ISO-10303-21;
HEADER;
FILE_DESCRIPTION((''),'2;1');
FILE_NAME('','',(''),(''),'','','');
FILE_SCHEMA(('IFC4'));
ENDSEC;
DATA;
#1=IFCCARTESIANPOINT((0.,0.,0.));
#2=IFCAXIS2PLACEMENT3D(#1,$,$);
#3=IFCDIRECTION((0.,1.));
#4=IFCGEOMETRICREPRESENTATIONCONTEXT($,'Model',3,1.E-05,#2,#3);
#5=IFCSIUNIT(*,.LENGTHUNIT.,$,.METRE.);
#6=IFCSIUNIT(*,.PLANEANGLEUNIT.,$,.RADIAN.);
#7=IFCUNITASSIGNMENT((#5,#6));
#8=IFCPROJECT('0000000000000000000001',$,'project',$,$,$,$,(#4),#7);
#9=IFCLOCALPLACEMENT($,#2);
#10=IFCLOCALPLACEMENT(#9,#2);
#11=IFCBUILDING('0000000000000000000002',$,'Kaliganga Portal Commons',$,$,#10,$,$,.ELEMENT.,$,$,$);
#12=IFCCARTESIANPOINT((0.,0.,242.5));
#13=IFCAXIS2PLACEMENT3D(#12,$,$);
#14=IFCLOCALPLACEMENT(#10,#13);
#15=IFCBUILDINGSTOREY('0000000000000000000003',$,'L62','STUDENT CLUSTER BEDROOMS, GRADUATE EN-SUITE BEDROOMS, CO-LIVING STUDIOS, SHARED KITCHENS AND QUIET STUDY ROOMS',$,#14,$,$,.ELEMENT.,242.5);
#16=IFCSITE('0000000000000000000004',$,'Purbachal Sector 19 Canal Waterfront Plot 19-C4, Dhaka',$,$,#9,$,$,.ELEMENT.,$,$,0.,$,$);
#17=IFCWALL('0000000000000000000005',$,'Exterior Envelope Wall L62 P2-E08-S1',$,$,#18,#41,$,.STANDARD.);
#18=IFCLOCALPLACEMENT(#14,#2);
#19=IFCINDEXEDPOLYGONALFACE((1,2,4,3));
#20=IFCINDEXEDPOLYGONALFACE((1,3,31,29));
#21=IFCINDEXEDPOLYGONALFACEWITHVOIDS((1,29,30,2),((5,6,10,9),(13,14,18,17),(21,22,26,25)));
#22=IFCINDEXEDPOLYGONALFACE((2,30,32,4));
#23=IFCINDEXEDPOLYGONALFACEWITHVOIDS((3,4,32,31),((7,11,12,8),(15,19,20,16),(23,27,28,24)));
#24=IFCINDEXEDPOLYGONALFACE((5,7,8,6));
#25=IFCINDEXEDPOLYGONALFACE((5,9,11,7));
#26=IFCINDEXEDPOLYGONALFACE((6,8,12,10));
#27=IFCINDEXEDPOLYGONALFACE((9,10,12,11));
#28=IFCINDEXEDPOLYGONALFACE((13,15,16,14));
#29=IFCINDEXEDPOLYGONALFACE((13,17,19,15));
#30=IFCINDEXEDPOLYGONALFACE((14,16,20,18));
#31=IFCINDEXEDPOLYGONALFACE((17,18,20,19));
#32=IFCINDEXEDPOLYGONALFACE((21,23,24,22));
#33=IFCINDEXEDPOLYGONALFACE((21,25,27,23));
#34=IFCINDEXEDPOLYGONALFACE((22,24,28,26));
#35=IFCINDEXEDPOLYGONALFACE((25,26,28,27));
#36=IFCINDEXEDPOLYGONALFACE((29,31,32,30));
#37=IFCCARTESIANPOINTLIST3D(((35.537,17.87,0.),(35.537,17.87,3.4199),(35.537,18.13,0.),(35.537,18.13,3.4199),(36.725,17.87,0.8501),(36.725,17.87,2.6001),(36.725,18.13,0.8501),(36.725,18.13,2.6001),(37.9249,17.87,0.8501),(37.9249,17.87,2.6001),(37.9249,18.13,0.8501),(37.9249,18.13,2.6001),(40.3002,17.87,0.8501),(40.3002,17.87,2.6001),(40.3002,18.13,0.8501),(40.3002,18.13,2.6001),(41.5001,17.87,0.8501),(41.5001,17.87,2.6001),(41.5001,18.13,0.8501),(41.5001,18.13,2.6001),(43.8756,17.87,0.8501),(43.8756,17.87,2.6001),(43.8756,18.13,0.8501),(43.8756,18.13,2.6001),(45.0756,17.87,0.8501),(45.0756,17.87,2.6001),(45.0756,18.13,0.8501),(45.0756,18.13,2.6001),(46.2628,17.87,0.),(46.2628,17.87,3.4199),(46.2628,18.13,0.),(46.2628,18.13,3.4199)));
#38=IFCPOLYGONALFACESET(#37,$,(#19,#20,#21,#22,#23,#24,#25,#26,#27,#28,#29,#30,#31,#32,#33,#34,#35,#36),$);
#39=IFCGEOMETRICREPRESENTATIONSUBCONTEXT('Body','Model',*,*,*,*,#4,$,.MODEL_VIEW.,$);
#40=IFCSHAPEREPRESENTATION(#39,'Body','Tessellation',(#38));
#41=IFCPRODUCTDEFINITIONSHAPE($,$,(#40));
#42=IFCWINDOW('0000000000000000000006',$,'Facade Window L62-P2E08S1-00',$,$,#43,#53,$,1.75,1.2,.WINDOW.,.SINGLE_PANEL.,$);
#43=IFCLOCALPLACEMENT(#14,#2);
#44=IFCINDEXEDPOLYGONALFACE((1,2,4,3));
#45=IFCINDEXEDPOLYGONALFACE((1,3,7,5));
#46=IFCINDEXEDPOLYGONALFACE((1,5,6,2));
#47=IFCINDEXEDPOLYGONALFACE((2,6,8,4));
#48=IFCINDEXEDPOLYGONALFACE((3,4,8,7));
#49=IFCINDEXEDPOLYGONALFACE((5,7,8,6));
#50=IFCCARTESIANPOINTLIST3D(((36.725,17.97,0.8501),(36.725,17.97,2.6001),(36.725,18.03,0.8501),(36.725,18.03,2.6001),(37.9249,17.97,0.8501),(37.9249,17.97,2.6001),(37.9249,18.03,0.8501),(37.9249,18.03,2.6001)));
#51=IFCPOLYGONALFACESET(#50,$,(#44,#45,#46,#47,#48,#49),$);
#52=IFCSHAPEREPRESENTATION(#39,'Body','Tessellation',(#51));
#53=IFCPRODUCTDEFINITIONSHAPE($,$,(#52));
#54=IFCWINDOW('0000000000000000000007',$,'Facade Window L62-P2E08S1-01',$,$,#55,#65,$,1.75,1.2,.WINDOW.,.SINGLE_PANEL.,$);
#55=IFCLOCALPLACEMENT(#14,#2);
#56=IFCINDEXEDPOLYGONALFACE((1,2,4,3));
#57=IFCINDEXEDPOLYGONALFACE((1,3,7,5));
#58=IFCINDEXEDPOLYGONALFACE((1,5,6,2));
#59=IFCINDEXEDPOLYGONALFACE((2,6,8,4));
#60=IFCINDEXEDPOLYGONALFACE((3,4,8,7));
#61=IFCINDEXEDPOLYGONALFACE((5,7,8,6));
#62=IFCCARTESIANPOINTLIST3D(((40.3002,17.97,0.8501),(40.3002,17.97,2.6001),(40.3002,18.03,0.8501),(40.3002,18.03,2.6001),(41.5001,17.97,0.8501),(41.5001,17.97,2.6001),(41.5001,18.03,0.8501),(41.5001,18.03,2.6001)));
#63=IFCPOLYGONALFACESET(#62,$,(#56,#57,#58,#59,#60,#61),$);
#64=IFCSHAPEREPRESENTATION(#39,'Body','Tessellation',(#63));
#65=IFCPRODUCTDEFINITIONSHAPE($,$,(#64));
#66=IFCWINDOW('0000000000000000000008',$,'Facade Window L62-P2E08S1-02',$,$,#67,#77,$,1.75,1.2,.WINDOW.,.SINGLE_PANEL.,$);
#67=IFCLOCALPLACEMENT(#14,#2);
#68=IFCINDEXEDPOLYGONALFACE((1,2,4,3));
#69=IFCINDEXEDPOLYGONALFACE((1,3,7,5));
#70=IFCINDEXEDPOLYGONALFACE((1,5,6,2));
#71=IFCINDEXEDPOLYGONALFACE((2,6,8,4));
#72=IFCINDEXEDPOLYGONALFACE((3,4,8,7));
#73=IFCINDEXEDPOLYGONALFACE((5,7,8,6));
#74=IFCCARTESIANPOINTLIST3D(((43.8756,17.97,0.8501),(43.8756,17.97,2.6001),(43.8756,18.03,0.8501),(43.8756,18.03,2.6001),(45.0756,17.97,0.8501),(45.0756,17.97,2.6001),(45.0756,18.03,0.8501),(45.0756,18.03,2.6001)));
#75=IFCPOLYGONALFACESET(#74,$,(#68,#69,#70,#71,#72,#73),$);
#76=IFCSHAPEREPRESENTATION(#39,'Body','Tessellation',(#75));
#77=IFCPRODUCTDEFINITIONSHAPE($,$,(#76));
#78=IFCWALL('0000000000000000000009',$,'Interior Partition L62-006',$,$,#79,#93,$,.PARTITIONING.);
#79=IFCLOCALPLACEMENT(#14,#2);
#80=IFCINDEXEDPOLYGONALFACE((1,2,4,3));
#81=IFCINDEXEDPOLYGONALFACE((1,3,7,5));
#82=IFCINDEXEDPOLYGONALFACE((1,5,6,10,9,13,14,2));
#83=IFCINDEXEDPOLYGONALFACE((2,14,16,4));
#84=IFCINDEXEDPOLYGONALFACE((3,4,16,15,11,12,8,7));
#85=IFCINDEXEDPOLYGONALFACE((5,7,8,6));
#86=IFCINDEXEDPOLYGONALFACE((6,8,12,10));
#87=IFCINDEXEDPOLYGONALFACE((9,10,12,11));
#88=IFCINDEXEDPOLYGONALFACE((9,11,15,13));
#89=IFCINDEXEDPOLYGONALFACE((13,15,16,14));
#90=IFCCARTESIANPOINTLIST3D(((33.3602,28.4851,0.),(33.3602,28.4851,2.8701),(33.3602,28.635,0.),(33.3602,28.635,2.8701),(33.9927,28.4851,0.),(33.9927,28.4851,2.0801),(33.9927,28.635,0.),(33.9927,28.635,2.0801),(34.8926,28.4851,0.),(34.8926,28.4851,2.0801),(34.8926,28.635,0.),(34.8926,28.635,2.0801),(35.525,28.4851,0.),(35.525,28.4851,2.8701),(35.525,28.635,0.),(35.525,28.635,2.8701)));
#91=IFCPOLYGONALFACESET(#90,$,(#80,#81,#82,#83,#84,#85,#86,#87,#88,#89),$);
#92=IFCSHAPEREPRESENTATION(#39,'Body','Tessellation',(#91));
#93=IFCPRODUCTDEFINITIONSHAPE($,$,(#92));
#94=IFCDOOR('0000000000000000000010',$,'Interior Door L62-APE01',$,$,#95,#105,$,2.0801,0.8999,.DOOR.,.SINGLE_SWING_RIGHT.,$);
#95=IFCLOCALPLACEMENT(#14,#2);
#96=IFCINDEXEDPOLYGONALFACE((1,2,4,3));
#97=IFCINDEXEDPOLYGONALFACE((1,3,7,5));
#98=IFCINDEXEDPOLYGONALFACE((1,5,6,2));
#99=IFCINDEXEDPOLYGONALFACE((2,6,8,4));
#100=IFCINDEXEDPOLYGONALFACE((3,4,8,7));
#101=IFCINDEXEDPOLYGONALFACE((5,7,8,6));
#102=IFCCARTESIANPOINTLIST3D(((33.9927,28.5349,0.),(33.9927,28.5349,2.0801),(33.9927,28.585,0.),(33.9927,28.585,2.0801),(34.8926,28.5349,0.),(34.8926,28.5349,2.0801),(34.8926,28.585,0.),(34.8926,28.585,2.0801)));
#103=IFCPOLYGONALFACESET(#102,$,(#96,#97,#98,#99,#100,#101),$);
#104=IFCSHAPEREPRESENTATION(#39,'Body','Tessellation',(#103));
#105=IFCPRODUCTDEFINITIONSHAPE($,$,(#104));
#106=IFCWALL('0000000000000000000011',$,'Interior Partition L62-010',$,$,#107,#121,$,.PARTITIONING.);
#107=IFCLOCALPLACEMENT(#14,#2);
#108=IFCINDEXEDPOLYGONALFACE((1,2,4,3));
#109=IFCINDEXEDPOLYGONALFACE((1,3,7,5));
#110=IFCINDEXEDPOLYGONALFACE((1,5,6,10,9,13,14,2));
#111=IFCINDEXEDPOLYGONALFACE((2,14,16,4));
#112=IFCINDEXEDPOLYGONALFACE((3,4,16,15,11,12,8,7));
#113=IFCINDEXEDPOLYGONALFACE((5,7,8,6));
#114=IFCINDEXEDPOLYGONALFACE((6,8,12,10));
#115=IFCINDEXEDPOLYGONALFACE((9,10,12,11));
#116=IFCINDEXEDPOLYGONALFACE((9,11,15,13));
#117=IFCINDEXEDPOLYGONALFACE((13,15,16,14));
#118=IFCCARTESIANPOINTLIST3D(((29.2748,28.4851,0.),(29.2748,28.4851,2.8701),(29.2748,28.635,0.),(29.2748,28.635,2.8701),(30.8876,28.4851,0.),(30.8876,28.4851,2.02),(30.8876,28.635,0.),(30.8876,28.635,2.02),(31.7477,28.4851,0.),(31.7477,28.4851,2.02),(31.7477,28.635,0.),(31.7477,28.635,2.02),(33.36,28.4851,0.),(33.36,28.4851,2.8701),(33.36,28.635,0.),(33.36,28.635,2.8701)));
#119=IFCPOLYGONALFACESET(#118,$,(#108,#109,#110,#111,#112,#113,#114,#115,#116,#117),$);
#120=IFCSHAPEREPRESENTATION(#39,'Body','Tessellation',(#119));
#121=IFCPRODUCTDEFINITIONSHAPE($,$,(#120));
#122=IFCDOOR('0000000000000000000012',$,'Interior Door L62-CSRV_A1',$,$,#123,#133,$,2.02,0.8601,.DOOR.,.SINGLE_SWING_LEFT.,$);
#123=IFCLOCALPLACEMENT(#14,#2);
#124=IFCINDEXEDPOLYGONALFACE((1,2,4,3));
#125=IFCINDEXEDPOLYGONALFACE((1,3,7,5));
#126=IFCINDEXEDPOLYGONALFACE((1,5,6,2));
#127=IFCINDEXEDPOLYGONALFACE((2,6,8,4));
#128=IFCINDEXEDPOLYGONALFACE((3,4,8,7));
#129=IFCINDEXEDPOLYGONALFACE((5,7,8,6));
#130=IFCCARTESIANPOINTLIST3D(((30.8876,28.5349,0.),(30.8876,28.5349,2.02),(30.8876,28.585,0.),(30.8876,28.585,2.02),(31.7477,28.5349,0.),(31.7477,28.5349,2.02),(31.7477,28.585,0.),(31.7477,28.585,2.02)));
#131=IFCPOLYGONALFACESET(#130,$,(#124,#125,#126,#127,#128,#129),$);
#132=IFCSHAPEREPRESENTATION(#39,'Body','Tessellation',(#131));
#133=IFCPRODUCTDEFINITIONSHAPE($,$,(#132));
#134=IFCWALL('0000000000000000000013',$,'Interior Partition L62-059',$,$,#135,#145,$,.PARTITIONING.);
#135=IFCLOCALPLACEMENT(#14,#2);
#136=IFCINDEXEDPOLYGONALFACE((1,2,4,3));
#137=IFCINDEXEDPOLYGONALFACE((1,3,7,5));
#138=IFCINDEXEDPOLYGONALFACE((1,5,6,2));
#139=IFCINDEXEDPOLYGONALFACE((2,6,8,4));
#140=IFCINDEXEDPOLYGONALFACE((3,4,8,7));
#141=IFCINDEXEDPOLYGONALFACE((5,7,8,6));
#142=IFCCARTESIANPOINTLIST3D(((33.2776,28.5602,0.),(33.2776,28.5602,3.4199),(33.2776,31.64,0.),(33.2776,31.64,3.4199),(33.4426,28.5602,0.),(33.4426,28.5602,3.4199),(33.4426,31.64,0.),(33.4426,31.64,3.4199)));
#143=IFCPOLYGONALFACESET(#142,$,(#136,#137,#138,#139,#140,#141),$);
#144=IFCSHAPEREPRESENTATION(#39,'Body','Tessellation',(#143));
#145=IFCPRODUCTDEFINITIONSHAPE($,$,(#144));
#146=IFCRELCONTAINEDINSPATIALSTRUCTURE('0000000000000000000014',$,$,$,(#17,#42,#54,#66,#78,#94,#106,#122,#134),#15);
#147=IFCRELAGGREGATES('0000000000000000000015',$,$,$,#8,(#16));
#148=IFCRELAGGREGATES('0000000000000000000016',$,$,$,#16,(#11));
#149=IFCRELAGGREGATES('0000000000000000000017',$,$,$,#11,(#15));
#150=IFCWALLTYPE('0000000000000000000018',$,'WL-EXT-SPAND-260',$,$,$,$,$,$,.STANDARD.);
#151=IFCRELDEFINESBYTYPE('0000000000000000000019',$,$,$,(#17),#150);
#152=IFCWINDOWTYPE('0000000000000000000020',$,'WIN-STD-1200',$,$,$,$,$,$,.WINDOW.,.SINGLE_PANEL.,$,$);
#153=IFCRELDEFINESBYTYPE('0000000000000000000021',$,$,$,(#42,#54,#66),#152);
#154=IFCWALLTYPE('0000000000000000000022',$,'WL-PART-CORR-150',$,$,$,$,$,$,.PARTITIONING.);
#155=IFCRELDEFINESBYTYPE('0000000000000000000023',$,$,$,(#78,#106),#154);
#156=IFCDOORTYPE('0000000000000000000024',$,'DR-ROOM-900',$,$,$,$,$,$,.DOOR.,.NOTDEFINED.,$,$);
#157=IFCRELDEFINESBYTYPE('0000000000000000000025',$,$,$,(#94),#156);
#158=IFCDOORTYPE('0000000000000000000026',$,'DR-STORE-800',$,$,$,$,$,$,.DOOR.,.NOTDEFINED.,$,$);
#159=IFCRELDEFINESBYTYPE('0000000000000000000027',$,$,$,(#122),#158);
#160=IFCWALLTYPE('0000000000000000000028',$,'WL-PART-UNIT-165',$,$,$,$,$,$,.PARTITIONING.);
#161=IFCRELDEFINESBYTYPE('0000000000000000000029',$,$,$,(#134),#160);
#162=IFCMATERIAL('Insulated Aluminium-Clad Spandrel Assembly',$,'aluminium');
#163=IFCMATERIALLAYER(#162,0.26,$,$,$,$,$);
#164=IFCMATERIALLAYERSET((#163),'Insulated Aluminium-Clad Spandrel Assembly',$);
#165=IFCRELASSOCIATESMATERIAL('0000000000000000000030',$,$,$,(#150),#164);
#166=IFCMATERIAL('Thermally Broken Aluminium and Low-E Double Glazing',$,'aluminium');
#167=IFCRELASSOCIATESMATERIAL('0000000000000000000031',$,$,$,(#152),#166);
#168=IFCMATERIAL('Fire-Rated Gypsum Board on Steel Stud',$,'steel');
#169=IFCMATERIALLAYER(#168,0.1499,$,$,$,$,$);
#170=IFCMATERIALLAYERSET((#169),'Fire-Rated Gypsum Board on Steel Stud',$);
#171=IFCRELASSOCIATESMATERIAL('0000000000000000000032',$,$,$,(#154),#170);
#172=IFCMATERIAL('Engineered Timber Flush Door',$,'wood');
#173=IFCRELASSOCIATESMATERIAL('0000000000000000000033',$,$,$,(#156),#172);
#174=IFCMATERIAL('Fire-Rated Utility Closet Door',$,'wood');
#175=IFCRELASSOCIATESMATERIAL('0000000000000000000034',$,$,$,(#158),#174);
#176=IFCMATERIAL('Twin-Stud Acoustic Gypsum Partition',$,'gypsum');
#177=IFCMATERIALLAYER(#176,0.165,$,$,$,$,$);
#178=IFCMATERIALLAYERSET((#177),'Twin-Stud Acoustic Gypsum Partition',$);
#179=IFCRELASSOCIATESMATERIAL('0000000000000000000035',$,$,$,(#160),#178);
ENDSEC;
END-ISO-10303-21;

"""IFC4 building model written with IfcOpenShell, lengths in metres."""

from ifc_helpers import new_model, si_unit, direction, frame, frame_2d, origin, place, context, subcontext, project, spatial, rectangle, extrude, material, layer, layer_set, type_object, element, fill, save


model = new_model("IFC4")

# Units and contexts
model_context = context("Model", 3, precision=1e-05, world=origin(), true_north=direction((0.0, 1.0)))
body_context = subcontext(model_context, "Body", "Model", "MODEL_VIEW")
ifc_project = project(units=[si_unit("LENGTHUNIT", "METRE"), si_unit("PLANEANGLEUNIT", "RADIAN")], contexts=[model_context])

# Site, building, storey
site_placement = place(None, origin())
site = spatial("IfcSite", under=ifc_project, at=site_placement, Name="Purbachal Sector 19 Canal Waterfront Plot 19-C4, Dhaka", CompositionType="ELEMENT", RefElevation=0.0)
building_placement = place(site_placement, origin())
building = spatial("IfcBuilding", under=site, at=building_placement, Name="Kaliganga Portal Commons", CompositionType="ELEMENT")
storey_placement = place(building_placement, frame((0.0, 0.0, 242.5)))
storey = spatial("IfcBuildingStorey", under=building, at=storey_placement, Name="L62", Description="STUDENT CLUSTER BEDROOMS, GRADUATE EN-SUITE BEDROOMS, CO-LIVING STUDIOS, SHARED KITCHENS AND QUIET STUDY ROOMS", CompositionType="ELEMENT", Elevation=242.5)

# Shared definitions
ifc_material_1 = material(Name="Insulated Aluminium-Clad Spandrel Assembly", Category="aluminium")
ifc_layer_1 = layer(ifc_material_1, 0.26)
ifc_layer_set_1 = layer_set([ifc_layer_1], Name="Insulated Aluminium-Clad Spandrel Assembly")
wall_type_1 = type_object("IfcWallType", Name="WL-EXT-SPAND-260", PredefinedType="STANDARD", material=ifc_layer_set_1)
ifc_material_2 = material(Name="Thermally Broken Aluminium and Low-E Double Glazing", Category="aluminium")
window_type = type_object("IfcWindowType", Name="WIN-STD-1200", PartitioningType="SINGLE_PANEL", PredefinedType="WINDOW", material=ifc_material_2)

# Wall, openings, windows
wall_1_placement = place(storey_placement, frame((35.5371, 18.0, 0.0), z_axis=(0.0, 0.0, 1.0), x_axis=(1.0, 0.0, 0.0)))
wall_1 = element("IfcWall", 1, at=wall_1_placement, inside=storey, type_object=wall_type_1, Name="Exterior Envelope Wall L62 P2-E08-S1", PredefinedType="STANDARD", context=body_context, shape_type="SweptSolid", body=[
    extrude(rectangle(XDim=10.7258, YDim=0.26, at=frame_2d((5.3628, 0.0))), origin(), (0.0, 0.0, 1.0), 3.4199),
])
opening_1_placement = place(wall_1_placement, frame((1.1877, 0.0, 0.8501)))
opening_1 = element("IfcOpeningElement", 2, at=opening_1_placement, cuts=wall_1, PredefinedType="OPENING", context=body_context, shape_type="SweptSolid", body=[
    extrude(rectangle(XDim=1.2, YDim=1.75, at=frame_2d((0.6001, 0.875))), frame((0.0, 0.1401, 0.0), z_axis=(0.0, -1.0, 0.0), x_axis=(1.0, 0.0, 0.0)), (0.0, 0.0, 1.0), 0.28),
])
opening_2_placement = place(wall_1_placement, frame((4.7629, 0.0, 0.8501)))
opening_2 = element("IfcOpeningElement", 3, at=opening_2_placement, cuts=wall_1, PredefinedType="OPENING", context=body_context, shape_type="SweptSolid", body=[
    extrude(rectangle(XDim=1.2, YDim=1.75, at=frame_2d((0.6001, 0.875))), frame((0.0, 0.1401, 0.0), z_axis=(0.0, -1.0, 0.0), x_axis=(1.0, 0.0, 0.0)), (0.0, 0.0, 1.0), 0.28),
])
opening_3_placement = place(wall_1_placement, frame((8.3384, 0.0, 0.8501)))
opening_3 = element("IfcOpeningElement", 4, at=opening_3_placement, cuts=wall_1, PredefinedType="OPENING", context=body_context, shape_type="SweptSolid", body=[
    extrude(rectangle(XDim=1.2, YDim=1.75, at=frame_2d((0.6001, 0.875))), frame((0.0, 0.1401, 0.0), z_axis=(0.0, -1.0, 0.0), x_axis=(1.0, 0.0, 0.0)), (0.0, 0.0, 1.0), 0.28),
])
window_1_placement = place(opening_1_placement, origin())
window_1 = element("IfcWindow", 5, at=window_1_placement, inside=storey, type_object=window_type, Name="Facade Window L62-P2E08S1-00", OverallHeight=1.75, OverallWidth=1.2, PartitioningType="SINGLE_PANEL", PredefinedType="WINDOW", context=body_context, shape_type="SweptSolid", body=[
    extrude(rectangle(XDim=1.2, YDim=1.75, at=frame_2d((0.6001, 0.875))), frame((0.0, 0.03, 0.0), z_axis=(0.0, -1.0, 0.0), x_axis=(1.0, 0.0, 0.0)), (0.0, 0.0, 1.0), 0.0601),
])
fill(opening_1, window_1)
window_2_placement = place(opening_2_placement, origin())
window_2 = element("IfcWindow", 6, at=window_2_placement, inside=storey, type_object=window_type, Name="Facade Window L62-P2E08S1-01", OverallHeight=1.75, OverallWidth=1.2, PartitioningType="SINGLE_PANEL", PredefinedType="WINDOW", context=body_context, shape_type="SweptSolid", body=[
    extrude(rectangle(XDim=1.2, YDim=1.75, at=frame_2d((0.6001, 0.875))), frame((0.0, 0.03, 0.0), z_axis=(0.0, -1.0, 0.0), x_axis=(1.0, 0.0, 0.0)), (0.0, 0.0, 1.0), 0.0601),
])
fill(opening_2, window_2)
window_3_placement = place(opening_3_placement, origin())
window_3 = element("IfcWindow", 7, at=window_3_placement, inside=storey, type_object=window_type, Name="Facade Window L62-P2E08S1-02", OverallHeight=1.75, OverallWidth=1.2, PartitioningType="SINGLE_PANEL", PredefinedType="WINDOW", context=body_context, shape_type="SweptSolid", body=[
    extrude(rectangle(XDim=1.2, YDim=1.75, at=frame_2d((0.6001, 0.875))), frame((0.0, 0.03, 0.0), z_axis=(0.0, -1.0, 0.0), x_axis=(1.0, 0.0, 0.0)), (0.0, 0.0, 1.0), 0.0601),
])
fill(opening_3, window_3)

# Walls, openings, doors
ifc_material_3 = material(Name="Fire-Rated Gypsum Board on Steel Stud", Category="steel")
ifc_layer_2 = layer(ifc_material_3, 0.1499)
ifc_layer_set_2 = layer_set([ifc_layer_2], Name="Fire-Rated Gypsum Board on Steel Stud")
wall_type_2 = type_object("IfcWallType", Name="WL-PART-CORR-150", PredefinedType="PARTITIONING", material=ifc_layer_set_2)
wall_2_placement = place(storey_placement, frame((33.3601, 28.5601, 0.0), z_axis=(0.0, 0.0, 1.0), x_axis=(1.0, 0.0, 0.0)))
wall_2 = element("IfcWall", 8, at=wall_2_placement, inside=storey, type_object=wall_type_2, Name="Interior Partition L62-006", PredefinedType="PARTITIONING", context=body_context, shape_type="SweptSolid", body=[
    extrude(rectangle(XDim=2.1648, YDim=0.1499, at=frame_2d((1.0825, 0.0))), origin(), (0.0, 0.0, 1.0), 2.8701),
])
opening_4_placement = place(wall_2_placement, frame((0.6326, 0.0, 0.0)))
opening_4 = element("IfcOpeningElement", 9, at=opening_4_placement, cuts=wall_2, PredefinedType="OPENING", context=body_context, shape_type="SweptSolid", body=[
    extrude(rectangle(XDim=0.8999, YDim=2.0801, at=frame_2d((0.45, 1.04))), frame((0.0, 0.085, 0.0), z_axis=(0.0, -1.0, 0.0), x_axis=(1.0, 0.0, 0.0)), (0.0, 0.0, 1.0), 0.1699),
])
ifc_material_4 = material(Name="Engineered Timber Flush Door", Category="wood")
door_type_1 = type_object("IfcDoorType", Name="DR-ROOM-900", OperationType="NOTDEFINED", PredefinedType="DOOR", material=ifc_material_4)
door_1_placement = place(opening_4_placement, origin())
door_1 = element("IfcDoor", 10, at=door_1_placement, inside=storey, type_object=door_type_1, Name="Interior Door L62-APE01", OperationType="SINGLE_SWING_RIGHT", OverallHeight=2.0801, OverallWidth=0.8999, PredefinedType="DOOR", context=body_context, shape_type="SweptSolid", body=[
    extrude(rectangle(XDim=0.8999, YDim=2.0801, at=frame_2d((0.45, 1.04))), frame((0.0, 0.0249, 0.0), z_axis=(0.0, -1.0, 0.0), x_axis=(1.0, 0.0, 0.0)), (0.0, 0.0, 1.0), 0.05),
])
fill(opening_4, door_1)
wall_3_placement = place(storey_placement, frame((29.2749, 28.5601, 0.0), z_axis=(0.0, 0.0, 1.0), x_axis=(1.0, 0.0, 0.0)))
wall_3 = element("IfcWall", 11, at=wall_3_placement, inside=storey, type_object=wall_type_2, Name="Interior Partition L62-010", PredefinedType="PARTITIONING", context=body_context, shape_type="SweptSolid", body=[
    extrude(rectangle(XDim=4.0852, YDim=0.1499, at=frame_2d((2.0425, 0.0))), origin(), (0.0, 0.0, 1.0), 2.8701),
])
opening_5_placement = place(wall_3_placement, frame((1.6125, 0.0, 0.0)))
opening_5 = element("IfcOpeningElement", 12, at=opening_5_placement, cuts=wall_3, PredefinedType="OPENING", context=body_context, shape_type="SweptSolid", body=[
    extrude(rectangle(XDim=0.8601, YDim=2.02, at=frame_2d((0.4302, 1.01))), frame((0.0, 0.085, 0.0), z_axis=(0.0, -1.0, 0.0), x_axis=(1.0, 0.0, 0.0)), (0.0, 0.0, 1.0), 0.1699),
])
ifc_material_5 = material(Name="Fire-Rated Utility Closet Door", Category="wood")
door_type_2 = type_object("IfcDoorType", Name="DR-STORE-800", OperationType="NOTDEFINED", PredefinedType="DOOR", material=ifc_material_5)
door_2_placement = place(opening_5_placement, origin())
door_2 = element("IfcDoor", 13, at=door_2_placement, inside=storey, type_object=door_type_2, Name="Interior Door L62-CSRV_A1", OperationType="SINGLE_SWING_LEFT", OverallHeight=2.02, OverallWidth=0.8601, PredefinedType="DOOR", context=body_context, shape_type="SweptSolid", body=[
    extrude(rectangle(XDim=0.8601, YDim=2.02, at=frame_2d((0.4302, 1.01))), frame((0.0, 0.0249, 0.0), z_axis=(0.0, -1.0, 0.0), x_axis=(1.0, 0.0, 0.0)), (0.0, 0.0, 1.0), 0.05),
])
fill(opening_5, door_2)

# Wall
ifc_material_6 = material(Name="Twin-Stud Acoustic Gypsum Partition", Category="gypsum")
ifc_layer_3 = layer(ifc_material_6, 0.165)
ifc_layer_set_3 = layer_set([ifc_layer_3], Name="Twin-Stud Acoustic Gypsum Partition")
wall_type_3 = type_object("IfcWallType", Name="WL-PART-UNIT-165", PredefinedType="PARTITIONING", material=ifc_layer_set_3)
wall_4_placement = place(storey_placement, frame((33.3601, 28.5601, 0.0), z_axis=(0.0, 0.0, 1.0), x_axis=(0.0, 1.0, 0.0)))
element("IfcWall", 14, at=wall_4_placement, inside=storey, type_object=wall_type_3, Name="Interior Partition L62-059", PredefinedType="PARTITIONING", context=body_context, shape_type="SweptSolid", body=[
    extrude(rectangle(XDim=3.0798, YDim=0.165, at=frame_2d((1.54, 0.0))), origin(), (0.0, 0.0, 1.0), 3.4199),
])

save(model, "model.ifc")
